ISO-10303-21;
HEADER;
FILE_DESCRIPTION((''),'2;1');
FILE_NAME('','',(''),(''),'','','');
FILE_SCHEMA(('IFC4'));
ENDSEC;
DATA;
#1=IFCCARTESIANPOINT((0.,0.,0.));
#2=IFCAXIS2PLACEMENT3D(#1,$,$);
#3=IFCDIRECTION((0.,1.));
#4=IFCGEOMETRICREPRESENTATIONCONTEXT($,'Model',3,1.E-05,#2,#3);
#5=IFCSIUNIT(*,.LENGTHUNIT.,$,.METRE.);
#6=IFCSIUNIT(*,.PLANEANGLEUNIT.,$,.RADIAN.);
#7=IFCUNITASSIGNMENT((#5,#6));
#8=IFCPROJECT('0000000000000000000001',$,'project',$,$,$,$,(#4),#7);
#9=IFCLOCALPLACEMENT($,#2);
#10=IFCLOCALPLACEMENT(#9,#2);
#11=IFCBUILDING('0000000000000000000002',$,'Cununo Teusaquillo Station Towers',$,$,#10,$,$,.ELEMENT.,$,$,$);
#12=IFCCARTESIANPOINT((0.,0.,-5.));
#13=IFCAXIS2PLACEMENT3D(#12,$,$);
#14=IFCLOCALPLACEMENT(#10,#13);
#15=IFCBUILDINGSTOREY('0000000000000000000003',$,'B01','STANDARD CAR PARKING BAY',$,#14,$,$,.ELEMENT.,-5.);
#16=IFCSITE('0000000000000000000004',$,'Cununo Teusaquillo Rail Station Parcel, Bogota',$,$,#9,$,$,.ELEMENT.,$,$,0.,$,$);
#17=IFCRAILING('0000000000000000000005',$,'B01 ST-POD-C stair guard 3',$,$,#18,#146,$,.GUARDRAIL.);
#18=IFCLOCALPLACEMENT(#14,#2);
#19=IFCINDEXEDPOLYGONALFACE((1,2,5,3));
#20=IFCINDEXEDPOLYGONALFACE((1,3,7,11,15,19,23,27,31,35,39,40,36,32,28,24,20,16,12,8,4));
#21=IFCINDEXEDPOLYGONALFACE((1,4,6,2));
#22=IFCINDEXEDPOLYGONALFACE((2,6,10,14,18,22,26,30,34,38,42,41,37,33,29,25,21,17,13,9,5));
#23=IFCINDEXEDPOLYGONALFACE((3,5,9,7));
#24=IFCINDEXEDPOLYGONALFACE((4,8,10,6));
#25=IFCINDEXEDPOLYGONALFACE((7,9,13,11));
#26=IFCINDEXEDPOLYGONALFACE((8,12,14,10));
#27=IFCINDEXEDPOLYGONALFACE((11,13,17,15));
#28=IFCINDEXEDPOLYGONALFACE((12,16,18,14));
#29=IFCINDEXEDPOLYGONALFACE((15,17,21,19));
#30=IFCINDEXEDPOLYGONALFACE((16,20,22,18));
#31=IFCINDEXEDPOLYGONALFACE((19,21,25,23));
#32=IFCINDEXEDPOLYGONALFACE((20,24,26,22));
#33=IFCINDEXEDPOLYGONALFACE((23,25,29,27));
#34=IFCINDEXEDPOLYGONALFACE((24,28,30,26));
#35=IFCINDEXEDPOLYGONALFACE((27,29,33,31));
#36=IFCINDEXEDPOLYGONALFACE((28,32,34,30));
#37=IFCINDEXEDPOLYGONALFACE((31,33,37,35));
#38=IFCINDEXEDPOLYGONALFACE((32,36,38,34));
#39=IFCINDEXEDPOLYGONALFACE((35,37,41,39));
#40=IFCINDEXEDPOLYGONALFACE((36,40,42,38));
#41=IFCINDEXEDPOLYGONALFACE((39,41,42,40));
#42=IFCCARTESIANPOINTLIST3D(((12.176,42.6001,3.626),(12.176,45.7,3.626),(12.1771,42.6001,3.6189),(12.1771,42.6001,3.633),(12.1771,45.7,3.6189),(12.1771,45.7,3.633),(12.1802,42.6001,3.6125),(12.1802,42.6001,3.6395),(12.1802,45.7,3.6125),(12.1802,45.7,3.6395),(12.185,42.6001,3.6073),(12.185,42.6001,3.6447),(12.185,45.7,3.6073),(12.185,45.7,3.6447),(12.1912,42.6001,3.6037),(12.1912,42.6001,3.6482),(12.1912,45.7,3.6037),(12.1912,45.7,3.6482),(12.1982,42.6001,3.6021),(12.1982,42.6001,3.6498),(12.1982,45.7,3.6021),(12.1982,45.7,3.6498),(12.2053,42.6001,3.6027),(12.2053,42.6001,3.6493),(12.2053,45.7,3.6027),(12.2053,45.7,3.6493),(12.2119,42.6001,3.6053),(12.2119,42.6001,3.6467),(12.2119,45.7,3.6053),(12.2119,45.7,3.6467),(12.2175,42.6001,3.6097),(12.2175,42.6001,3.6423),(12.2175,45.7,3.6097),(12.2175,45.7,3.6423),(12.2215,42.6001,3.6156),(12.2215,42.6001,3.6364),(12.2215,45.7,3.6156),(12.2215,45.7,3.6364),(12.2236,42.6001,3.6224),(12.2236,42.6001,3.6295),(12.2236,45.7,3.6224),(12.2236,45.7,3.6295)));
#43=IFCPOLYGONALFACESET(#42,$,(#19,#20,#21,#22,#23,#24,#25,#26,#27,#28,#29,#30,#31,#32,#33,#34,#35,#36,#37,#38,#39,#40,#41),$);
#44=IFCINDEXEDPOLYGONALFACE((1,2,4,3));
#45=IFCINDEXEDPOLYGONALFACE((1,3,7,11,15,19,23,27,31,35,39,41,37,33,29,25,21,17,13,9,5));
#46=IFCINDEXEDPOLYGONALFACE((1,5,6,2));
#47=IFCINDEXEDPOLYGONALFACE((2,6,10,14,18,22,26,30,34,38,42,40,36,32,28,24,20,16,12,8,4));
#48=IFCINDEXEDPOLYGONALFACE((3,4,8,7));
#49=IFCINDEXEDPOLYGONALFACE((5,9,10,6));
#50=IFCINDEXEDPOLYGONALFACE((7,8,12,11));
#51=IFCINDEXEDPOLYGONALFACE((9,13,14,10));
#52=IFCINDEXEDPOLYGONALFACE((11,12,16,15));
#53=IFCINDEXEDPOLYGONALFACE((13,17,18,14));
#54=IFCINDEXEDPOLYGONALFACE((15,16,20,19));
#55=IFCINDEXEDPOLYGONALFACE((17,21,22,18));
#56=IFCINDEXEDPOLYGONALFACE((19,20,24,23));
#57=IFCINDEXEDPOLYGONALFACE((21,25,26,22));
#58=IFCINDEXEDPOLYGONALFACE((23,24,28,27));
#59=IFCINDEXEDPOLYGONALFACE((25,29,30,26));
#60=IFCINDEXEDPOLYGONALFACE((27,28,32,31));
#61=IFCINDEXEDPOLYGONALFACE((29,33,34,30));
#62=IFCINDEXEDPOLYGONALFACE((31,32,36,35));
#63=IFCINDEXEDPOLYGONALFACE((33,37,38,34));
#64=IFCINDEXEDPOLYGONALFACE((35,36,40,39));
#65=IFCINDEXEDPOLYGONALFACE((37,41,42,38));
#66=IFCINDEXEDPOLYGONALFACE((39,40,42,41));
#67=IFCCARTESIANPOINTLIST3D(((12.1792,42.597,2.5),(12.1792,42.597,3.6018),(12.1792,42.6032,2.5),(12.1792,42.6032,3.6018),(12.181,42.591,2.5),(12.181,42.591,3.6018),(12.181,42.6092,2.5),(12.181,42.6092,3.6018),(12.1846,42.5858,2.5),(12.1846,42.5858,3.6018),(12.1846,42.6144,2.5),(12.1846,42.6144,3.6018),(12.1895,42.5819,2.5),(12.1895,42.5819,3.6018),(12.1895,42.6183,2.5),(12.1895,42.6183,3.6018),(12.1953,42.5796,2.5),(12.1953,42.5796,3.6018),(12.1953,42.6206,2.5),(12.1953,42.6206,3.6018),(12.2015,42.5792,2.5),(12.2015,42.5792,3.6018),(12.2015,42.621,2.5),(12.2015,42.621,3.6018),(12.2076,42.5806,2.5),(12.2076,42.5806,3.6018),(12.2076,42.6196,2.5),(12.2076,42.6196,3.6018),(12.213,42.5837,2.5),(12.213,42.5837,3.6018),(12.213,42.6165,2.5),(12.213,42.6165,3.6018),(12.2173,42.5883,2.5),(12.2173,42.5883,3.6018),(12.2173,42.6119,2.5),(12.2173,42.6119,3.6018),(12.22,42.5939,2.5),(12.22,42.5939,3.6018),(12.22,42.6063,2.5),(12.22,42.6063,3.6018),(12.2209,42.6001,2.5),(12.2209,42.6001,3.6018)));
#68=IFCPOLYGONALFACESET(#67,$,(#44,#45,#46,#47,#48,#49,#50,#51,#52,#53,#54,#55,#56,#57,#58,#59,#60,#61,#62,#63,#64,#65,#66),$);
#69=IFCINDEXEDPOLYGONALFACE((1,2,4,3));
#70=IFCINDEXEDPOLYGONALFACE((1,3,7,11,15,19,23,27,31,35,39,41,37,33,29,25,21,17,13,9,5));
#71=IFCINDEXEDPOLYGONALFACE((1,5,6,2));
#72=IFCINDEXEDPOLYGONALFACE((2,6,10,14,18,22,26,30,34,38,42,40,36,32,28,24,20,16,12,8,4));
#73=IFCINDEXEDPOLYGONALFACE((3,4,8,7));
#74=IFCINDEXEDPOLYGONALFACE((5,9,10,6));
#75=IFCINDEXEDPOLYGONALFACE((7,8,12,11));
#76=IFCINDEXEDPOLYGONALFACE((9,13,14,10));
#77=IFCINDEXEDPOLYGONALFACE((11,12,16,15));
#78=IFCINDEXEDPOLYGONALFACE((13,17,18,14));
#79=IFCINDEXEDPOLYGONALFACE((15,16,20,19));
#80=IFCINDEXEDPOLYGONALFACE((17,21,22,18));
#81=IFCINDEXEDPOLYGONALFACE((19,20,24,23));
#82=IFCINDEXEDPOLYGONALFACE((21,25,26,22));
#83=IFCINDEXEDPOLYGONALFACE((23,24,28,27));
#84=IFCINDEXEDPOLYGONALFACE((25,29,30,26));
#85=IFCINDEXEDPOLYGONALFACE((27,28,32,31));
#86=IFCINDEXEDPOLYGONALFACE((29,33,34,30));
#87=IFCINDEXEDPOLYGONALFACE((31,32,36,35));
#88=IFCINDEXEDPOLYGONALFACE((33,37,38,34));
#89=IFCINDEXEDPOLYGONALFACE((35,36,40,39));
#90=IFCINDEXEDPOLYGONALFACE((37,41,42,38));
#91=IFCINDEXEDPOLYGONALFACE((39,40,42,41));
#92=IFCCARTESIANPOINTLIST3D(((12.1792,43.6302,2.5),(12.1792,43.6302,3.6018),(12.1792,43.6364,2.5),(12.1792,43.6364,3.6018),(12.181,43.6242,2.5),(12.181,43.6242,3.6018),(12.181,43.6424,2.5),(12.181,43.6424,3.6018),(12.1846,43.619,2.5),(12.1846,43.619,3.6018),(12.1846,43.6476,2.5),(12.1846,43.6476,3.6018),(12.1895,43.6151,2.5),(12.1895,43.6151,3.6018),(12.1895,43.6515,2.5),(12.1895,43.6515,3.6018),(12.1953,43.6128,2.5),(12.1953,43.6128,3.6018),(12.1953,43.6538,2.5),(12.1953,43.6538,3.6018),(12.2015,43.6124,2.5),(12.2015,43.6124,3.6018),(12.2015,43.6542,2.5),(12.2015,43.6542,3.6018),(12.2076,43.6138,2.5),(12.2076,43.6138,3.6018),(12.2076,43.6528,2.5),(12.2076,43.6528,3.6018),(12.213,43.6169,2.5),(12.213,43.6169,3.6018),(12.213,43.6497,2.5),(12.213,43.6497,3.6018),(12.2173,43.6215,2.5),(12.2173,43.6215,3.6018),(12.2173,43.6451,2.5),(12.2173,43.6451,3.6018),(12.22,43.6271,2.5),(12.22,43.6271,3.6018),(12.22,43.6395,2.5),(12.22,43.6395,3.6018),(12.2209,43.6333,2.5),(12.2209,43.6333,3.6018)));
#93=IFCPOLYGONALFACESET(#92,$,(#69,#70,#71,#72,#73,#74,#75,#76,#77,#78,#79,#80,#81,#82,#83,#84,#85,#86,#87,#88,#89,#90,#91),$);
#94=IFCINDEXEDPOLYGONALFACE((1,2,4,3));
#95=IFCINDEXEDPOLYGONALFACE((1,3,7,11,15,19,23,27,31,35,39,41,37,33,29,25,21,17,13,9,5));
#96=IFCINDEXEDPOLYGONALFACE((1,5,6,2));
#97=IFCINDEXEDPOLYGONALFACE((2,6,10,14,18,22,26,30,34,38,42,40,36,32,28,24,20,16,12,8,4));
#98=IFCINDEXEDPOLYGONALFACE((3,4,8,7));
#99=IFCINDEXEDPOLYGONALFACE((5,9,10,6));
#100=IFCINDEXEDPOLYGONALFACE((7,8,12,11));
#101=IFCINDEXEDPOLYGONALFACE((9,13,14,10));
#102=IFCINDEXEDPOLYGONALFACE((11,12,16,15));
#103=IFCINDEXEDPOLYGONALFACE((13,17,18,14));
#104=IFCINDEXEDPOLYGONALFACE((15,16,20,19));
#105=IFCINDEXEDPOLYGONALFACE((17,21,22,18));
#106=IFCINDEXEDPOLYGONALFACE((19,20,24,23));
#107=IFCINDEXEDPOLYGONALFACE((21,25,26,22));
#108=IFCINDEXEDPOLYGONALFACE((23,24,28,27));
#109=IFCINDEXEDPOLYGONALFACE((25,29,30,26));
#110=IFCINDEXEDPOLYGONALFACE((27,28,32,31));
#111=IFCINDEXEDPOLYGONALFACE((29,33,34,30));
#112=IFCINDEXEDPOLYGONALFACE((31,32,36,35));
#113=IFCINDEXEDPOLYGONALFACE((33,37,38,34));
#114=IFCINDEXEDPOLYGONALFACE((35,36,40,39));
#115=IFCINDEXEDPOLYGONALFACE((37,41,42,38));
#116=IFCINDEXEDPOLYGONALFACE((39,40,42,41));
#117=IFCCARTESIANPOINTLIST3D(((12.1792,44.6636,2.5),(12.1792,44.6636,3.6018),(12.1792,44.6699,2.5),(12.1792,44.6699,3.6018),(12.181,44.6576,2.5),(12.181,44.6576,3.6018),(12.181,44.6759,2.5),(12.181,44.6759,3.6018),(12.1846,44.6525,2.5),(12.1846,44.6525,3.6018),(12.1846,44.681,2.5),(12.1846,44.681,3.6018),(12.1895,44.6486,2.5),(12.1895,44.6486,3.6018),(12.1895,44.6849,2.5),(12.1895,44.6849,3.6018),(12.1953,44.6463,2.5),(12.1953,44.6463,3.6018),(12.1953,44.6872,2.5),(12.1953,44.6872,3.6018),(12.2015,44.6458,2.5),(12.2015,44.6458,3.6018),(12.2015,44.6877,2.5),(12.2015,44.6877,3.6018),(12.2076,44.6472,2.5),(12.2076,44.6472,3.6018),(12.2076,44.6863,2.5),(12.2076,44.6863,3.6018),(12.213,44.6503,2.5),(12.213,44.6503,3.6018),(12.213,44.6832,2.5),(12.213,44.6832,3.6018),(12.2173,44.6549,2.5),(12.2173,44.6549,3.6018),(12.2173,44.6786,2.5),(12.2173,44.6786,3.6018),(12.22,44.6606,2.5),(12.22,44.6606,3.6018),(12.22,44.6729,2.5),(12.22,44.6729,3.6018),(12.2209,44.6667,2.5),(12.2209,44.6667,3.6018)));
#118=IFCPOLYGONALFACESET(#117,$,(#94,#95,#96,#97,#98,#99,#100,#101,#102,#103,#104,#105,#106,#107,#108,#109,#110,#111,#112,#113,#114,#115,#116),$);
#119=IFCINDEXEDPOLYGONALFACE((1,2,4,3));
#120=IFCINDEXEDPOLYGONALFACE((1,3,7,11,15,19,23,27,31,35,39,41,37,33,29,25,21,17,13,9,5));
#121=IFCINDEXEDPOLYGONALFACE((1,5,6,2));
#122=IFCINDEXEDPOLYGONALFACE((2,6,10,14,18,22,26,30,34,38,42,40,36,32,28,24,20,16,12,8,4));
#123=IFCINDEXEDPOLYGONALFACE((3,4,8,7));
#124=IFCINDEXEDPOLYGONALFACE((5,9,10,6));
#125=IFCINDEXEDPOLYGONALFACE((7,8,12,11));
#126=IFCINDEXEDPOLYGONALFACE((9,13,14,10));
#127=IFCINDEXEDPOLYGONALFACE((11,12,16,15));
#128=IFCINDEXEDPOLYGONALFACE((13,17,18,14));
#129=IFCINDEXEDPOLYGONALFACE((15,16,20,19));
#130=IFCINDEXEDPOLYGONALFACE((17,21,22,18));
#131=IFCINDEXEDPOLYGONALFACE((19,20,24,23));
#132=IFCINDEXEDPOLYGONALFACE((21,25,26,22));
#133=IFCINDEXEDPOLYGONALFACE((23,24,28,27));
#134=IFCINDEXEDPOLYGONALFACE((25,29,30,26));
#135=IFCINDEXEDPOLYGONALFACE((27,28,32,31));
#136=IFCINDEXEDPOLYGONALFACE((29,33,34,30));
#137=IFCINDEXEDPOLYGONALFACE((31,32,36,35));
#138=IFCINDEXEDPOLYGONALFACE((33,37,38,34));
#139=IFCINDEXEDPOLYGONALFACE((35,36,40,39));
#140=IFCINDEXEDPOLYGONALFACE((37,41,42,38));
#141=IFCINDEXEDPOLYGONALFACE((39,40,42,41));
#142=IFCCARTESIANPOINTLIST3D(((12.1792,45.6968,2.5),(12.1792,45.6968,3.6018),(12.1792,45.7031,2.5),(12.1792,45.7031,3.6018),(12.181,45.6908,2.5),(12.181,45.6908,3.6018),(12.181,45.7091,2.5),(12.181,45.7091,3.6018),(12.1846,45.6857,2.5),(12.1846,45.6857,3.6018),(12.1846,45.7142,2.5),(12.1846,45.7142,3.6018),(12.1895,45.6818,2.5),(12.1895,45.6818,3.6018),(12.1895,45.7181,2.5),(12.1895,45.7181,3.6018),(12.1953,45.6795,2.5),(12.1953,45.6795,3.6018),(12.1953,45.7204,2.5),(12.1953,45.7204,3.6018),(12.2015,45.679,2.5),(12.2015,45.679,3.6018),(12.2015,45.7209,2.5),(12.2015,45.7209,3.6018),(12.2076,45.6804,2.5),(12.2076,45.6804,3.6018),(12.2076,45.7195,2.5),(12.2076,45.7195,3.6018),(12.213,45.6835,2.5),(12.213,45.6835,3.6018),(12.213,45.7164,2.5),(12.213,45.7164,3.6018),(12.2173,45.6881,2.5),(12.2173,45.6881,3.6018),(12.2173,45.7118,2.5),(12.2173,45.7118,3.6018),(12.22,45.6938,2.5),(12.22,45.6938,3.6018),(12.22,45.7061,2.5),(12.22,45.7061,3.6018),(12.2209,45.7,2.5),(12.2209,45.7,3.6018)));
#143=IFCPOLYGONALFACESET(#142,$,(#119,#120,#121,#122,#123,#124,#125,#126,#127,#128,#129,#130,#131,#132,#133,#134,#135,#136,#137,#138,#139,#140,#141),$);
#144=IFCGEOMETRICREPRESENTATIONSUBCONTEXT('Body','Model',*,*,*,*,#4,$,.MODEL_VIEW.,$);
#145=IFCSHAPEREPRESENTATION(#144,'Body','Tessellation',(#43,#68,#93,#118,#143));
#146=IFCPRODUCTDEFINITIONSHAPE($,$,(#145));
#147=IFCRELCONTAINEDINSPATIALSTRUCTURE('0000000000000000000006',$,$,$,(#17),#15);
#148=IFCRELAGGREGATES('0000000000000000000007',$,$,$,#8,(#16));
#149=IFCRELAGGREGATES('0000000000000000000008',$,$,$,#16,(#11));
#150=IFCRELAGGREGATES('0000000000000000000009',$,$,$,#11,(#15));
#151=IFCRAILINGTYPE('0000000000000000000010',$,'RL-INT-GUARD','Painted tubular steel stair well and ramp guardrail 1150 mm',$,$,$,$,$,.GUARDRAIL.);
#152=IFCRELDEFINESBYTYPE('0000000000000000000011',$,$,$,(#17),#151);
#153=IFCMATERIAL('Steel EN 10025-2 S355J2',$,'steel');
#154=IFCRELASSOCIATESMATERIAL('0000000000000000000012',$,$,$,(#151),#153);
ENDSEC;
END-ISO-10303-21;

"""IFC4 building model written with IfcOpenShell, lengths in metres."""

from ifc_helpers import new_model, si_unit, direction, frame, origin, origin_2d, place, context, subcontext, project, spatial, circle, extrude, material, type_object, element, save


model = new_model("IFC4")

# Units and contexts
model_context = context("Model", 3, precision=1e-05, world=origin(), true_north=direction((0.0, 1.0)))
body_context = subcontext(model_context, "Body", "Model", "MODEL_VIEW")
ifc_project = project(units=[si_unit("LENGTHUNIT", "METRE"), si_unit("PLANEANGLEUNIT", "RADIAN")], contexts=[model_context])

# Site, building, storey
site_placement = place(None, origin())
site = spatial("IfcSite", under=ifc_project, at=site_placement, Name="Cununo Teusaquillo Rail Station Parcel, Bogota", CompositionType="ELEMENT", RefElevation=0.0)
building_placement = place(site_placement, origin())
building = spatial("IfcBuilding", under=site, at=building_placement, Name="Cununo Teusaquillo Station Towers", CompositionType="ELEMENT")
storey_placement = place(building_placement, frame((0.0, 0.0, -5.0)))
storey = spatial("IfcBuildingStorey", under=building, at=storey_placement, Name="B01", Description="STANDARD CAR PARKING BAY", CompositionType="ELEMENT", Elevation=-5.0)

# Railing
ifc_material_1 = material(Name="Steel EN 10025-2 S355J2", Category="steel")
railing_type_1 = type_object("IfcRailingType", Name="RL-INT-GUARD", Description="Painted tubular steel stair well and ramp guardrail 1150 mm", PredefinedType="GUARDRAIL", material=ifc_material_1)
railing_1_placement = place(storey_placement, frame((12.2, 42.6001, 2.5)))
element("IfcRailing", 1, at=railing_1_placement, inside=storey, type_object=railing_type_1, Name="B01 ST-POD-C stair guard 3", PredefinedType="GUARDRAIL", context=body_context, shape_type="SweptSolid", body=[
    extrude(circle(Radius=0.0239, at=origin_2d()), frame((0.0, 0.0, 1.126), z_axis=(0.0, 1.0, 0.0), x_axis=(-1.0, 0.0, 0.0)), (0.0, 0.0, 1.0), 3.0999),
    extrude(circle(Radius=0.021, at=origin_2d()), origin(), (0.0, 0.0, 1.0), 1.1018),
    extrude(circle(Radius=0.021, at=origin_2d()), frame((0.0, 1.0332, 0.0)), (0.0, 0.0, 1.0), 1.1018),
    extrude(circle(Radius=0.021, at=origin_2d()), frame((0.0, 2.0667, 0.0)), (0.0, 0.0, 1.0), 1.1018),
    extrude(circle(Radius=0.021, at=origin_2d()), frame((0.0, 3.0999, 0.0)), (0.0, 0.0, 1.0), 1.1018),
])

save(model, "model.ifc")
